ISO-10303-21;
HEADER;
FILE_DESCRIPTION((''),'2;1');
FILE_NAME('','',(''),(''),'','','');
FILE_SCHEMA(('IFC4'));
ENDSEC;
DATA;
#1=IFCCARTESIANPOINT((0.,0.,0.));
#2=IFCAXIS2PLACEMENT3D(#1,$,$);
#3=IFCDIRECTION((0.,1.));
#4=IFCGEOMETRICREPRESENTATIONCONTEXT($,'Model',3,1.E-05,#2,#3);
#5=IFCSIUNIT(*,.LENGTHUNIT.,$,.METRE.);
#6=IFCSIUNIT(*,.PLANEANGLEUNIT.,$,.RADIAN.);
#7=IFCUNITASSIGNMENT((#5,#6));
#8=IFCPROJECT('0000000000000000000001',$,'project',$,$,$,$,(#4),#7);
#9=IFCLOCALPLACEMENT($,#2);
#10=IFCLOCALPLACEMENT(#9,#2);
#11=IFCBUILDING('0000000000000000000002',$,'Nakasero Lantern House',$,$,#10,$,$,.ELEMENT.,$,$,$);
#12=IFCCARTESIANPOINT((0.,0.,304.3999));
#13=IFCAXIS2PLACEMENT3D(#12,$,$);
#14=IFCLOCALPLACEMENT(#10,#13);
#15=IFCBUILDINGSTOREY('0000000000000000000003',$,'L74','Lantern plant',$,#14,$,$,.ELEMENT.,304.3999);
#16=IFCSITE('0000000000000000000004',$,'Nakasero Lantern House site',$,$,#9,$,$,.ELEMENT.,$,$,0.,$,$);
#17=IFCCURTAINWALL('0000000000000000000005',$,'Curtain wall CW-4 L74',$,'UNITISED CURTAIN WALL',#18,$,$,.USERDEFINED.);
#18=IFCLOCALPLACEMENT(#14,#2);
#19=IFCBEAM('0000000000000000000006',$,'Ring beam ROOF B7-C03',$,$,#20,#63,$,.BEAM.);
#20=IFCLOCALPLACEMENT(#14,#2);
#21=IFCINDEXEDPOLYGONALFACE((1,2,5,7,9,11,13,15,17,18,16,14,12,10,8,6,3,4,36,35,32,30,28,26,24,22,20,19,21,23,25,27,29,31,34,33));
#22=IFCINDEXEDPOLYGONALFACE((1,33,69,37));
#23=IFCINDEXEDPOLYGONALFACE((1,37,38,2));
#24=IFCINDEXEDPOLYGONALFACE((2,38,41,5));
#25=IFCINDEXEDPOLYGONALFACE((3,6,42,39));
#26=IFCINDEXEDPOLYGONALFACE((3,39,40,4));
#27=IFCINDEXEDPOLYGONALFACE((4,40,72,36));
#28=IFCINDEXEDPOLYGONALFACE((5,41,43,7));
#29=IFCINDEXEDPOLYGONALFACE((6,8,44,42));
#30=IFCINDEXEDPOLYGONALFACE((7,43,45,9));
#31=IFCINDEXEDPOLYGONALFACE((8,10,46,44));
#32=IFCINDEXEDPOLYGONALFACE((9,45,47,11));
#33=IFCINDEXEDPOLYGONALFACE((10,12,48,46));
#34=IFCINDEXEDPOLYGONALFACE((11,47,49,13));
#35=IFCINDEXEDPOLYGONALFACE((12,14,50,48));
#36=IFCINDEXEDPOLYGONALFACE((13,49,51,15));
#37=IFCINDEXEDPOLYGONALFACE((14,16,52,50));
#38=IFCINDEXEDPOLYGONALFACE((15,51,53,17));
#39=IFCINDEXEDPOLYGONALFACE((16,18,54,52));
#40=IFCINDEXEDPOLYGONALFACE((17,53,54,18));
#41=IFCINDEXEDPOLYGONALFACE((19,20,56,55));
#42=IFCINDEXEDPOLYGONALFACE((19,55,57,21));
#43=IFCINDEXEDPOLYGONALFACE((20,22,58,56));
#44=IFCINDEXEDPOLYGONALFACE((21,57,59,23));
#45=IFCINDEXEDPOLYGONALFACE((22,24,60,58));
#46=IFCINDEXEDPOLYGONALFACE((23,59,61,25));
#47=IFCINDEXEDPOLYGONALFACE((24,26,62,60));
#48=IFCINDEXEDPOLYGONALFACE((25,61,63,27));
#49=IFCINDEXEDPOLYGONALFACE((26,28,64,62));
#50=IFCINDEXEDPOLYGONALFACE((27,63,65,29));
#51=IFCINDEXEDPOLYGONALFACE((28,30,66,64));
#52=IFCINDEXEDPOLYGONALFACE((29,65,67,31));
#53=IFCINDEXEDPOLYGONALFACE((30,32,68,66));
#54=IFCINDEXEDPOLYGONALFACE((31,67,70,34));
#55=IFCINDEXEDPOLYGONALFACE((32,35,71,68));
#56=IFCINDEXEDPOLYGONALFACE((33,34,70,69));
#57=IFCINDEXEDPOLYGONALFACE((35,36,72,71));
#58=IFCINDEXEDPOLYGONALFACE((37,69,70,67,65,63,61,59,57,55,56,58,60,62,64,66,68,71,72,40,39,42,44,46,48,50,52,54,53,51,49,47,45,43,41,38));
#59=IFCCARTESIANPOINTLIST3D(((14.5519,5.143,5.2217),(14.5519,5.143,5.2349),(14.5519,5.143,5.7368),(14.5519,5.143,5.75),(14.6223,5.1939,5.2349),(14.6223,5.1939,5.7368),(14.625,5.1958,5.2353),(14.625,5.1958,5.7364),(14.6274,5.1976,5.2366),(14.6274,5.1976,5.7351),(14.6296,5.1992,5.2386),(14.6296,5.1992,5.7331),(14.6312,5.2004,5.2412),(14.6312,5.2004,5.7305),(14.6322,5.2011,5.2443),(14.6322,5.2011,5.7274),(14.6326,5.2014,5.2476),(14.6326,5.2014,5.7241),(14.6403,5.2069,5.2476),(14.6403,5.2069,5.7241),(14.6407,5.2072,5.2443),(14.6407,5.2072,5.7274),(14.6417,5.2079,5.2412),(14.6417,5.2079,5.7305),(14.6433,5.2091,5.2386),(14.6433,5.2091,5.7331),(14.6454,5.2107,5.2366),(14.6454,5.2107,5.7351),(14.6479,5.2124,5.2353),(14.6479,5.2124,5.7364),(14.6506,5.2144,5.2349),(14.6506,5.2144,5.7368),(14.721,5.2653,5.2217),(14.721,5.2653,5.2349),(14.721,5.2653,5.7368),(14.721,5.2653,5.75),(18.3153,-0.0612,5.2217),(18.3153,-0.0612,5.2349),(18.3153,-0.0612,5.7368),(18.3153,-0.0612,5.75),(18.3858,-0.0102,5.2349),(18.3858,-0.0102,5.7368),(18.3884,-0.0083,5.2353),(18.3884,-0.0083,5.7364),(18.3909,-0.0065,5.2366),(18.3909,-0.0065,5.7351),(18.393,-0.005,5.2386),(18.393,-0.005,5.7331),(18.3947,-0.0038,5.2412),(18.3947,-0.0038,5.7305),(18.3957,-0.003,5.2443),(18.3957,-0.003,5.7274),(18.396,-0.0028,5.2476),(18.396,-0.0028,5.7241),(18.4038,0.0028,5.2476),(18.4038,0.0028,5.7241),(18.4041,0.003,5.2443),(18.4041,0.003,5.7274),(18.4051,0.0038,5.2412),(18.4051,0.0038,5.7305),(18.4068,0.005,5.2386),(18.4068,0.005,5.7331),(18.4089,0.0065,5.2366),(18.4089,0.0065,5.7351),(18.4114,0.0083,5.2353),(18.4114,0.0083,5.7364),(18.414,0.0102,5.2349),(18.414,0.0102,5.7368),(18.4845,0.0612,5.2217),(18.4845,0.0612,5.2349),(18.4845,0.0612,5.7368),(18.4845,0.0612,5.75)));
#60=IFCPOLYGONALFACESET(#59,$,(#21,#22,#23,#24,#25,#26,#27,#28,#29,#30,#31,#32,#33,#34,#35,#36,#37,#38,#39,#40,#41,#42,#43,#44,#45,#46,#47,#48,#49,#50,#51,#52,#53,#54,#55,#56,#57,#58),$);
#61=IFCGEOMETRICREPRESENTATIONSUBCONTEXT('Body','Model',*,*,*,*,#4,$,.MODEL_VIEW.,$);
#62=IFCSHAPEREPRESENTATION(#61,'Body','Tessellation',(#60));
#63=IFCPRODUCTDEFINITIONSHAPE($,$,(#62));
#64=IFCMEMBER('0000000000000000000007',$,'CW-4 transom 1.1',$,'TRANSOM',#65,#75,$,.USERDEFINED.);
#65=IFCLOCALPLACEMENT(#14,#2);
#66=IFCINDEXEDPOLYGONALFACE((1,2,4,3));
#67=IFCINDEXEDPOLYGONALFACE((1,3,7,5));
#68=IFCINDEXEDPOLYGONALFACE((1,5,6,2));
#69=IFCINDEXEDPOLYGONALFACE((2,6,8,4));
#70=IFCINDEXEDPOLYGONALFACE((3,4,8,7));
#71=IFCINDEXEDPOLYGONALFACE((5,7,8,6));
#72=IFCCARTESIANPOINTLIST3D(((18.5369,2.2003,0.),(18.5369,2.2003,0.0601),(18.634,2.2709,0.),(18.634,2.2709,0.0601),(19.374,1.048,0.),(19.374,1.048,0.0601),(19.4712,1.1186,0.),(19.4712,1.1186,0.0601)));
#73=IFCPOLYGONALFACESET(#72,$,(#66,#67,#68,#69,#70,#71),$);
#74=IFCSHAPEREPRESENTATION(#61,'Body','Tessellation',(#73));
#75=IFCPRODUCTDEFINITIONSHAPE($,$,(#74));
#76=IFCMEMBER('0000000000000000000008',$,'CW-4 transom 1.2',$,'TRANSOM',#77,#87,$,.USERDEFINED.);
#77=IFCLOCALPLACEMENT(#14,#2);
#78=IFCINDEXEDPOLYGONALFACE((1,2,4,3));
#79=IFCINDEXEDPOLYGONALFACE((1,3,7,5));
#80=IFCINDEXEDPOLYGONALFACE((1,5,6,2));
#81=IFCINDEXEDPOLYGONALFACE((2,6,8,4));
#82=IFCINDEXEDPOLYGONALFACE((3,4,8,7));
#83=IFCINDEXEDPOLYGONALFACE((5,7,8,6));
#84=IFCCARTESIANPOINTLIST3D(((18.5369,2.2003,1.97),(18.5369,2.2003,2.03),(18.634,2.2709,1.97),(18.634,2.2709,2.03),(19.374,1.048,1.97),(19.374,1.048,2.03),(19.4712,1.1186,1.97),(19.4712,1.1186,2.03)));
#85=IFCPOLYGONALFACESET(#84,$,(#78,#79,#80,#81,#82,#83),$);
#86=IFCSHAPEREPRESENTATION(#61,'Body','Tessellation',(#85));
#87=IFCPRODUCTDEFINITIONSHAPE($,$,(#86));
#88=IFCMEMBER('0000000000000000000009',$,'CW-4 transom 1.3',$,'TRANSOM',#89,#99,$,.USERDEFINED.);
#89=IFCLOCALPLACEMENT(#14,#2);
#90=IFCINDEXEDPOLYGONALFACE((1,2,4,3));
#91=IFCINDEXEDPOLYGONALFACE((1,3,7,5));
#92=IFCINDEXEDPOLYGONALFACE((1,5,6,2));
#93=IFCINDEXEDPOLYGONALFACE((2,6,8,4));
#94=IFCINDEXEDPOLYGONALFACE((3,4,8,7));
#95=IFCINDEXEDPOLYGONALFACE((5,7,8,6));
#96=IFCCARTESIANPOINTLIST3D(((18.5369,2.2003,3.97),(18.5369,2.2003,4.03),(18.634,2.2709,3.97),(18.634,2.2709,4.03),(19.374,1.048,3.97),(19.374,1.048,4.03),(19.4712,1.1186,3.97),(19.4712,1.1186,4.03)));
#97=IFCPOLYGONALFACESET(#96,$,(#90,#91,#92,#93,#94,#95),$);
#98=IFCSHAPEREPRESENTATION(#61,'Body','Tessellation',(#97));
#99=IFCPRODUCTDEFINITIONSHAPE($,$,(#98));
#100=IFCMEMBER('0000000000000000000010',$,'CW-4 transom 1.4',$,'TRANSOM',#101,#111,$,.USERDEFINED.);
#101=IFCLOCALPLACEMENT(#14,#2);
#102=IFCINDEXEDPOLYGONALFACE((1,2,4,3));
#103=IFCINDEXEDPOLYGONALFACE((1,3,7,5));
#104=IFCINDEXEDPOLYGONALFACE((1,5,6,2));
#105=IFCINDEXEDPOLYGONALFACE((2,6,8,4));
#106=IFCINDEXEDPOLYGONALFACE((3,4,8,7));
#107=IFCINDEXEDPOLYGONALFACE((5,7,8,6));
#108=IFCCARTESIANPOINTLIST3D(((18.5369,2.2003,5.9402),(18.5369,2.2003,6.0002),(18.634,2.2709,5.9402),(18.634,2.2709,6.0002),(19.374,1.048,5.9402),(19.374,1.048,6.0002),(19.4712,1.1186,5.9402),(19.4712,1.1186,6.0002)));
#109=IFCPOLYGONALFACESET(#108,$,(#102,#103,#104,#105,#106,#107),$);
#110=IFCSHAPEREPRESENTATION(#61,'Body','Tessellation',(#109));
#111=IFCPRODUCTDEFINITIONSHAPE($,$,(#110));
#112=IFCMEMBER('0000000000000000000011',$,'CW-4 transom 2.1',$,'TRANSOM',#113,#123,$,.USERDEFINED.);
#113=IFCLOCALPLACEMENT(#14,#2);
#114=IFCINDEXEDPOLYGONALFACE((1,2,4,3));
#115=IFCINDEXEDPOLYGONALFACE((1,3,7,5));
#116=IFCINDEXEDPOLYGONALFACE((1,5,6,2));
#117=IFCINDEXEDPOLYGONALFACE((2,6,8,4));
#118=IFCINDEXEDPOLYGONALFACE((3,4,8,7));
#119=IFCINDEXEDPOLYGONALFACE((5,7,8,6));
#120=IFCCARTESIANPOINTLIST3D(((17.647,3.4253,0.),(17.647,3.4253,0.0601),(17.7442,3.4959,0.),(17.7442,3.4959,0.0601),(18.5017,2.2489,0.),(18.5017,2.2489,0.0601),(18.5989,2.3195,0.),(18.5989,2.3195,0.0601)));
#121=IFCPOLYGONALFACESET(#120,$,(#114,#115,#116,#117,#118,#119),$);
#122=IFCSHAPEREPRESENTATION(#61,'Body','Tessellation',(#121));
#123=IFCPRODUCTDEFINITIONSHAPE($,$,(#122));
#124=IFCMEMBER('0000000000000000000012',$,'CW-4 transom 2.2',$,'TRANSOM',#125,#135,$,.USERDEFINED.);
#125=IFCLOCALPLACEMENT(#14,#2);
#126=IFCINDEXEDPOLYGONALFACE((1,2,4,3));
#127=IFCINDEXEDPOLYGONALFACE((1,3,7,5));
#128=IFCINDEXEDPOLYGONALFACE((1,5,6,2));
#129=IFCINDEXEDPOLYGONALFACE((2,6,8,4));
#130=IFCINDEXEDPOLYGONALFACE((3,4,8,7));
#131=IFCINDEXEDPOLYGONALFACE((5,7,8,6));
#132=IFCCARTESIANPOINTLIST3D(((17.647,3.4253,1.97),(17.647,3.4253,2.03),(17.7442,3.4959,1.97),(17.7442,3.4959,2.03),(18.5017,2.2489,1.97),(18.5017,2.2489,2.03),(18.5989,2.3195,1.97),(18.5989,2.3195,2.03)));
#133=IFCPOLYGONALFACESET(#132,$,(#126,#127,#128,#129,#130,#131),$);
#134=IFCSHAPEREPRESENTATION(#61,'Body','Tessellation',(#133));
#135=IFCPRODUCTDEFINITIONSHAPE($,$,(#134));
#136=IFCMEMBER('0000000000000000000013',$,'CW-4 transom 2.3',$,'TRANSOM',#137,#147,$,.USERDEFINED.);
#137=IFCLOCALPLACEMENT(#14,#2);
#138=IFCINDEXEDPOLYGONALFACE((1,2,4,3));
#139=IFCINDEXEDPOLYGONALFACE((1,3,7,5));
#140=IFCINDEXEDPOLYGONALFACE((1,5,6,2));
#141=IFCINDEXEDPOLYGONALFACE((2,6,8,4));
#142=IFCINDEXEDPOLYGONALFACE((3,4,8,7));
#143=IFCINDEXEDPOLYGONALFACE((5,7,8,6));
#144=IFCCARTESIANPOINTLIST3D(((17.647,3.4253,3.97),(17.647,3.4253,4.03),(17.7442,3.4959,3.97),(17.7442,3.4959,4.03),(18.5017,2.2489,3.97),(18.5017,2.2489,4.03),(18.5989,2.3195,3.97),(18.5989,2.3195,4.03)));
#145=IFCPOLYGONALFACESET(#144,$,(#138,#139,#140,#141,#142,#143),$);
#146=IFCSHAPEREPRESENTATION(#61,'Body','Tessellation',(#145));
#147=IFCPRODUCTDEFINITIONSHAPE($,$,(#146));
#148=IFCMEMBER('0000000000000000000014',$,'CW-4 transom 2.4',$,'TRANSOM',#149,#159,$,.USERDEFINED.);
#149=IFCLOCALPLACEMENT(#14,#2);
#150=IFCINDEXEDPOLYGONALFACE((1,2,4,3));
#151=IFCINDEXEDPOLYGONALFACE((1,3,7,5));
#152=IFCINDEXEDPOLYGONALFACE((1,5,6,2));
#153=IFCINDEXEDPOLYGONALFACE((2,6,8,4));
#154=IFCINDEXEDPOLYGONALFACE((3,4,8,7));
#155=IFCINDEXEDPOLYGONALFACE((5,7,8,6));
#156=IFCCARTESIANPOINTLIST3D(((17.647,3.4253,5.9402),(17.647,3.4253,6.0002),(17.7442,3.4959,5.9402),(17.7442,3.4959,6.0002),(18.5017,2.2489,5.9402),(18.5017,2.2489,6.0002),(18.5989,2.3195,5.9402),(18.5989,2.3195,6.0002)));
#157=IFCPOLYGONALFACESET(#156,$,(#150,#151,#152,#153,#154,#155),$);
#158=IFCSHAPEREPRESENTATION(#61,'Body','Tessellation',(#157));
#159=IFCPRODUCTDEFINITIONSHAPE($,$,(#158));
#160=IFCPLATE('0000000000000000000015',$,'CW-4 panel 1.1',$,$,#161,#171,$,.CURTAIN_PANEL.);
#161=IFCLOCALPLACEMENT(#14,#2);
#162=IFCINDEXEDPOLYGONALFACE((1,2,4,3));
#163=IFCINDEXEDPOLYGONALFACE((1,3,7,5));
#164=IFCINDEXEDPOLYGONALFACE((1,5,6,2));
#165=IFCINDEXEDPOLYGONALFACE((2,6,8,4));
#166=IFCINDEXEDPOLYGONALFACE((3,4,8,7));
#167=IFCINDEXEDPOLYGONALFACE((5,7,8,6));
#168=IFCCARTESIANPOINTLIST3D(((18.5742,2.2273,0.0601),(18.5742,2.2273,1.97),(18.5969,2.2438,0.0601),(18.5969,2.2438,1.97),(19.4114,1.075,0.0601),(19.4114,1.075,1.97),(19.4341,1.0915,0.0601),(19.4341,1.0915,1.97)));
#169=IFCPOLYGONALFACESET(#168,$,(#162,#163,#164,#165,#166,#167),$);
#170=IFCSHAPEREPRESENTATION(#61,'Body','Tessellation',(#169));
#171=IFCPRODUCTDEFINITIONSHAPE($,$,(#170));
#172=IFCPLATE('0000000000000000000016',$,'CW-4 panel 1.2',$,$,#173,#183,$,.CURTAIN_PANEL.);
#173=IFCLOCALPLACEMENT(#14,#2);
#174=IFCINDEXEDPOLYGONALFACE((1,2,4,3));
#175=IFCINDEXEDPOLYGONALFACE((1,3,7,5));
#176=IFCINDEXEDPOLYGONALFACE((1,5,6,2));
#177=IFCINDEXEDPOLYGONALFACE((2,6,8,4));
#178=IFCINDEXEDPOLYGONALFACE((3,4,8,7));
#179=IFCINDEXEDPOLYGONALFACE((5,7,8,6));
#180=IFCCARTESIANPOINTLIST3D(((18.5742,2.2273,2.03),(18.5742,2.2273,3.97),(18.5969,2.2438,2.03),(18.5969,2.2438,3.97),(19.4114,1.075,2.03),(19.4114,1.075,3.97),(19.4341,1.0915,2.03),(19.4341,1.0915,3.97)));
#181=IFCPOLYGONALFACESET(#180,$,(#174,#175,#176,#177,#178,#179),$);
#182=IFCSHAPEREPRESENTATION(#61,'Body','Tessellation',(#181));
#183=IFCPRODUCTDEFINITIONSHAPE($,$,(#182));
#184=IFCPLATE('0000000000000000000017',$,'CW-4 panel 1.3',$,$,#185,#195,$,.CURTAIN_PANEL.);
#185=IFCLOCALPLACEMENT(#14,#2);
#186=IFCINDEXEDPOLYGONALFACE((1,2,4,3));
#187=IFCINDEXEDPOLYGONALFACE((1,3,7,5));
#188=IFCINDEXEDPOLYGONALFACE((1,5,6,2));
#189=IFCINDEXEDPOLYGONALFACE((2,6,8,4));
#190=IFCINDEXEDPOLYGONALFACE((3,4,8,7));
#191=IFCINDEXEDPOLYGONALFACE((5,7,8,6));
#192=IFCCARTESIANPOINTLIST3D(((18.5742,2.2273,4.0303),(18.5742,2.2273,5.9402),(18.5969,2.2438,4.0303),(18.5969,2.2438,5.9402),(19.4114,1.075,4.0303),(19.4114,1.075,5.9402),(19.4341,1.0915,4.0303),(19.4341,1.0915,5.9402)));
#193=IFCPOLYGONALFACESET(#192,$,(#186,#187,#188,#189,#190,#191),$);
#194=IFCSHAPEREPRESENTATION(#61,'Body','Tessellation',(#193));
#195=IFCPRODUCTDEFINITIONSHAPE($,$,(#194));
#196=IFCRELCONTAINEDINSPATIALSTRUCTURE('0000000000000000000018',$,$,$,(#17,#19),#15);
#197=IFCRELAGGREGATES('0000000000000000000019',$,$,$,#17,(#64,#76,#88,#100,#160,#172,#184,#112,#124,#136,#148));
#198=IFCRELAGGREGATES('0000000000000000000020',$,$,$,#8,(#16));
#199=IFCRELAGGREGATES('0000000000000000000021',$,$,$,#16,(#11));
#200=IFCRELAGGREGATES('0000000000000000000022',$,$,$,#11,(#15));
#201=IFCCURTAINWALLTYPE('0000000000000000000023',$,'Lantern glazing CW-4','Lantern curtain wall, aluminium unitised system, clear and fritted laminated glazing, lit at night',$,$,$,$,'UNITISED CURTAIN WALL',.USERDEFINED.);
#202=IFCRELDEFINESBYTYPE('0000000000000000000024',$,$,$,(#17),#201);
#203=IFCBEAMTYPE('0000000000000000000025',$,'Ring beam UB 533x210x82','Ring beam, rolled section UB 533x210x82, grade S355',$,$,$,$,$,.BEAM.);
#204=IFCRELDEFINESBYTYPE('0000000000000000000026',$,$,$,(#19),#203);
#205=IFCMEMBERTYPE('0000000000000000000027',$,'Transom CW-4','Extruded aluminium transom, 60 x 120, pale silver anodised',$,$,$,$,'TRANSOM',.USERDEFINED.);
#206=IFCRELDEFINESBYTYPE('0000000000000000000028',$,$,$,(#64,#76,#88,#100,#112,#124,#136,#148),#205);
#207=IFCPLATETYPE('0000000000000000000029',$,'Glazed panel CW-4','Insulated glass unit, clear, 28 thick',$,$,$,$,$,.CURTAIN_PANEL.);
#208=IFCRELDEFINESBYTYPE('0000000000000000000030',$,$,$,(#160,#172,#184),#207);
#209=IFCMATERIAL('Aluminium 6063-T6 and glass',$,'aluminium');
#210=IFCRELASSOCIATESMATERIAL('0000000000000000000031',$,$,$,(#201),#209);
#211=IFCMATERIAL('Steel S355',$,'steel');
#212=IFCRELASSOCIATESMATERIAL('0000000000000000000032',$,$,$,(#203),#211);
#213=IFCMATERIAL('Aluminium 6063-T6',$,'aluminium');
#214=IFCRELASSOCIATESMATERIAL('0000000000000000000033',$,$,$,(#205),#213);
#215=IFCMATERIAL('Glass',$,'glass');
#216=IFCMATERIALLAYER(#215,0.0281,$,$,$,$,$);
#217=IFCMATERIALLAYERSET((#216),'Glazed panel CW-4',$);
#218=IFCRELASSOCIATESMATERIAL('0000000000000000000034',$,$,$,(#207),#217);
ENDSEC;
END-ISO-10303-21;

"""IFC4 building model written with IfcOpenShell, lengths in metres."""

from ifc_helpers import new_model, si_unit, direction, frame, origin, origin_2d, place, context, subcontext, project, spatial, rectangle, i_section, extrude, material, layer, layer_set, material_profile, profile_set, type_object, element, aggregate, save


model = new_model("IFC4")

# Units and contexts
model_context = context("Model", 3, precision=1e-05, world=origin(), true_north=direction((0.0, 1.0)))
body_context = subcontext(model_context, "Body", "Model", "MODEL_VIEW")
ifc_project = project(units=[si_unit("LENGTHUNIT", "METRE"), si_unit("PLANEANGLEUNIT", "RADIAN")], contexts=[model_context])

# Site, building, storey
site_placement = place(None, origin())
site = spatial("IfcSite", under=ifc_project, at=site_placement, Name="Nakasero Lantern House site", CompositionType="ELEMENT", RefElevation=0.0)
building_placement = place(site_placement, origin())
building = spatial("IfcBuilding", under=site, at=building_placement, Name="Nakasero Lantern House", CompositionType="ELEMENT")
storey_placement = place(building_placement, frame((0.0, 0.0, 304.3999)))
storey = spatial("IfcBuildingStorey", under=building, at=storey_placement, Name="L74", Description="Lantern plant", CompositionType="ELEMENT", Elevation=304.3999)

# Curtain wall
ifc_material_1 = material(Name="Aluminium 6063-T6 and glass", Category="aluminium")
curtain_wall_type = type_object("IfcCurtainWallType", Name="Lantern glazing CW-4", Description="Lantern curtain wall, aluminium unitised system, clear and fritted laminated glazing, lit at night", ElementType="UNITISED CURTAIN WALL", PredefinedType="USERDEFINED", material=ifc_material_1)
curtain_wall_1_placement = place(storey_placement, origin())
curtain_wall_1 = element("IfcCurtainWall", 1, at=curtain_wall_1_placement, inside=storey, type_object=curtain_wall_type, Name="Curtain wall CW-4 L74", ObjectType="UNITISED CURTAIN WALL", PredefinedType="USERDEFINED")

# Beam
ifc_material_2 = material(Name="Steel S355", Category="steel")
ifc_material_profile_1 = material_profile(ifc_material_2, i_section(OverallWidth=0.2087, OverallDepth=0.5283, WebThickness=0.0095, FlangeThickness=0.0132, FilletRadius=0.0127, at=origin_2d()), Name="UB 533x210x82")
ifc_profile_set_1 = profile_set([ifc_material_profile_1], Name="Steel S355")
beam_type_1 = type_object("IfcBeamType", Name="Ring beam UB 533x210x82", Description="Ring beam, rolled section UB 533x210x82, grade S355", PredefinedType="BEAM", material=ifc_profile_set_1)
beam_1_placement = place(storey_placement, frame((18.3999, 0.0, 5.4858), z_axis=(-0.585993, 0.810316, 0.0), x_axis=(-0.810316, -0.585993, 0.0)))
element("IfcBeam", 2, at=beam_1_placement, inside=storey, type_object=beam_type_1, Name="Ring beam ROOF B7-C03", PredefinedType="BEAM", context=body_context, shape_type="SweptSolid", body=[
    extrude(i_section(OverallWidth=0.2087, OverallDepth=0.5283, WebThickness=0.0095, FlangeThickness=0.0132, FilletRadius=0.0127, at=origin_2d()), origin(), (0.0, 0.0, 1.0), 6.4224),
])

# Members
ifc_material_3 = material(Name="Aluminium 6063-T6", Category="aluminium")
ifc_material_profile_2 = material_profile(ifc_material_3, rectangle(XDim=0.0601, YDim=0.1201, at=origin_2d()), Name="CW-4 transom 60x120")
ifc_profile_set_2 = profile_set([ifc_material_profile_2], Name="Aluminium 6063-T6")
member_type_1 = type_object("IfcMemberType", Name="Transom CW-4", Description="Extruded aluminium transom, 60 x 120, pale silver anodised", ElementType="TRANSOM", PredefinedType="USERDEFINED", material=ifc_profile_set_2)
member_1_placement = place(storey_placement, frame((19.4226, 1.0833, 0.03), z_axis=(-0.587754, 0.80904, 0.0), x_axis=(0.0, 0.0, 1.0)))
member_1 = element("IfcMember", 3, at=member_1_placement, type_object=member_type_1, Name="CW-4 transom 1.1", ObjectType="TRANSOM", PredefinedType="USERDEFINED", context=body_context, shape_type="SweptSolid", body=[
    extrude(rectangle(XDim=0.0601, YDim=0.1201, at=origin_2d()), origin(), (0.0, 0.0, 1.0), 1.4243),
])
member_2_placement = place(storey_placement, frame((19.4226, 1.0833, 2.0), z_axis=(-0.587754, 0.80904, 0.0), x_axis=(0.0, 0.0, 1.0)))
member_2 = element("IfcMember", 4, at=member_2_placement, type_object=member_type_1, Name="CW-4 transom 1.2", ObjectType="TRANSOM", PredefinedType="USERDEFINED", context=body_context, shape_type="SweptSolid", body=[
    extrude(rectangle(XDim=0.0601, YDim=0.1201, at=origin_2d()), origin(), (0.0, 0.0, 1.0), 1.4243),
])
member_3_placement = place(storey_placement, frame((19.4226, 1.0833, 4.0), z_axis=(-0.587754, 0.80904, 0.0), x_axis=(0.0, 0.0, 1.0)))
member_3 = element("IfcMember", 5, at=member_3_placement, type_object=member_type_1, Name="CW-4 transom 1.3", ObjectType="TRANSOM", PredefinedType="USERDEFINED", context=body_context, shape_type="SweptSolid", body=[
    extrude(rectangle(XDim=0.0601, YDim=0.1201, at=origin_2d()), origin(), (0.0, 0.0, 1.0), 1.4243),
])
member_4_placement = place(storey_placement, frame((19.4226, 1.0833, 5.9702), z_axis=(-0.587754, 0.80904, 0.0), x_axis=(0.0, 0.0, 1.0)))
member_4 = element("IfcMember", 6, at=member_4_placement, type_object=member_type_1, Name="CW-4 transom 1.4", ObjectType="TRANSOM", PredefinedType="USERDEFINED", context=body_context, shape_type="SweptSolid", body=[
    extrude(rectangle(XDim=0.0601, YDim=0.1201, at=origin_2d()), origin(), (0.0, 0.0, 1.0), 1.4243),
])
member_5_placement = place(storey_placement, frame((18.5503, 2.2842, 0.03), z_axis=(-0.587762, 0.809034, 0.0), x_axis=(0.0, 0.0, 1.0)))
member_5 = element("IfcMember", 7, at=member_5_placement, type_object=member_type_1, Name="CW-4 transom 2.1", ObjectType="TRANSOM", PredefinedType="USERDEFINED", context=body_context, shape_type="SweptSolid", body=[
    extrude(rectangle(XDim=0.0601, YDim=0.1201, at=origin_2d()), origin(), (0.0, 0.0, 1.0), 1.4541),
])
member_6_placement = place(storey_placement, frame((18.5503, 2.2842, 2.0), z_axis=(-0.587762, 0.809034, 0.0), x_axis=(0.0, 0.0, 1.0)))
member_6 = element("IfcMember", 8, at=member_6_placement, type_object=member_type_1, Name="CW-4 transom 2.2", ObjectType="TRANSOM", PredefinedType="USERDEFINED", context=body_context, shape_type="SweptSolid", body=[
    extrude(rectangle(XDim=0.0601, YDim=0.1201, at=origin_2d()), origin(), (0.0, 0.0, 1.0), 1.4541),
])
member_7_placement = place(storey_placement, frame((18.5503, 2.2842, 4.0), z_axis=(-0.587762, 0.809034, 0.0), x_axis=(0.0, 0.0, 1.0)))
member_7 = element("IfcMember", 9, at=member_7_placement, type_object=member_type_1, Name="CW-4 transom 2.3", ObjectType="TRANSOM", PredefinedType="USERDEFINED", context=body_context, shape_type="SweptSolid", body=[
    extrude(rectangle(XDim=0.0601, YDim=0.1201, at=origin_2d()), origin(), (0.0, 0.0, 1.0), 1.4541),
])
member_8_placement = place(storey_placement, frame((18.5503, 2.2842, 5.9702), z_axis=(-0.587762, 0.809034, 0.0), x_axis=(0.0, 0.0, 1.0)))
member_8 = element("IfcMember", 10, at=member_8_placement, type_object=member_type_1, Name="CW-4 transom 2.4", ObjectType="TRANSOM", PredefinedType="USERDEFINED", context=body_context, shape_type="SweptSolid", body=[
    extrude(rectangle(XDim=0.0601, YDim=0.1201, at=origin_2d()), origin(), (0.0, 0.0, 1.0), 1.4541),
])

# Plates
ifc_material_4 = material(Name="Glass", Category="glass")
ifc_layer_1 = layer(ifc_material_4, 0.0281)
ifc_layer_set_1 = layer_set([ifc_layer_1], Name="Glazed panel CW-4")
plate_type = type_object("IfcPlateType", Name="Glazed panel CW-4", Description="Insulated glass unit, clear, 28 thick", PredefinedType="CURTAIN_PANEL", material=ifc_layer_set_1)
plate_1_placement = place(storey_placement, frame((19.0042, 1.6594, 0.0601), z_axis=(0.0, 0.0, 1.0), x_axis=(-0.587785, 0.809017, 0.0)))
plate_1 = element("IfcPlate", 11, at=plate_1_placement, type_object=plate_type, Name="CW-4 panel 1.1", PredefinedType="CURTAIN_PANEL", context=body_context, shape_type="SweptSolid", body=[
    extrude(rectangle(XDim=1.4243, YDim=0.0281, at=origin_2d()), origin(), (0.0, 0.0, 1.0), 1.9099),
])
plate_2_placement = place(storey_placement, frame((19.0042, 1.6594, 2.03), z_axis=(0.0, 0.0, 1.0), x_axis=(-0.587785, 0.809017, 0.0)))
plate_2 = element("IfcPlate", 12, at=plate_2_placement, type_object=plate_type, Name="CW-4 panel 1.2", PredefinedType="CURTAIN_PANEL", context=body_context, shape_type="SweptSolid", body=[
    extrude(rectangle(XDim=1.4243, YDim=0.0281, at=origin_2d()), origin(), (0.0, 0.0, 1.0), 1.9399),
])
plate_3_placement = place(storey_placement, frame((19.0042, 1.6594, 4.0303), z_axis=(0.0, 0.0, 1.0), x_axis=(-0.587785, 0.809017, 0.0)))
plate_3 = element("IfcPlate", 13, at=plate_3_placement, type_object=plate_type, Name="CW-4 panel 1.3", PredefinedType="CURTAIN_PANEL", context=body_context, shape_type="SweptSolid", body=[
    extrude(rectangle(XDim=1.4243, YDim=0.0281, at=origin_2d()), origin(), (0.0, 0.0, 1.0), 1.9099),
])
aggregate(curtain_wall_1, [member_1, member_2, member_3, member_4, plate_1, plate_2, plate_3, member_5, member_6, member_7, member_8])

save(model, "model.ifc")
